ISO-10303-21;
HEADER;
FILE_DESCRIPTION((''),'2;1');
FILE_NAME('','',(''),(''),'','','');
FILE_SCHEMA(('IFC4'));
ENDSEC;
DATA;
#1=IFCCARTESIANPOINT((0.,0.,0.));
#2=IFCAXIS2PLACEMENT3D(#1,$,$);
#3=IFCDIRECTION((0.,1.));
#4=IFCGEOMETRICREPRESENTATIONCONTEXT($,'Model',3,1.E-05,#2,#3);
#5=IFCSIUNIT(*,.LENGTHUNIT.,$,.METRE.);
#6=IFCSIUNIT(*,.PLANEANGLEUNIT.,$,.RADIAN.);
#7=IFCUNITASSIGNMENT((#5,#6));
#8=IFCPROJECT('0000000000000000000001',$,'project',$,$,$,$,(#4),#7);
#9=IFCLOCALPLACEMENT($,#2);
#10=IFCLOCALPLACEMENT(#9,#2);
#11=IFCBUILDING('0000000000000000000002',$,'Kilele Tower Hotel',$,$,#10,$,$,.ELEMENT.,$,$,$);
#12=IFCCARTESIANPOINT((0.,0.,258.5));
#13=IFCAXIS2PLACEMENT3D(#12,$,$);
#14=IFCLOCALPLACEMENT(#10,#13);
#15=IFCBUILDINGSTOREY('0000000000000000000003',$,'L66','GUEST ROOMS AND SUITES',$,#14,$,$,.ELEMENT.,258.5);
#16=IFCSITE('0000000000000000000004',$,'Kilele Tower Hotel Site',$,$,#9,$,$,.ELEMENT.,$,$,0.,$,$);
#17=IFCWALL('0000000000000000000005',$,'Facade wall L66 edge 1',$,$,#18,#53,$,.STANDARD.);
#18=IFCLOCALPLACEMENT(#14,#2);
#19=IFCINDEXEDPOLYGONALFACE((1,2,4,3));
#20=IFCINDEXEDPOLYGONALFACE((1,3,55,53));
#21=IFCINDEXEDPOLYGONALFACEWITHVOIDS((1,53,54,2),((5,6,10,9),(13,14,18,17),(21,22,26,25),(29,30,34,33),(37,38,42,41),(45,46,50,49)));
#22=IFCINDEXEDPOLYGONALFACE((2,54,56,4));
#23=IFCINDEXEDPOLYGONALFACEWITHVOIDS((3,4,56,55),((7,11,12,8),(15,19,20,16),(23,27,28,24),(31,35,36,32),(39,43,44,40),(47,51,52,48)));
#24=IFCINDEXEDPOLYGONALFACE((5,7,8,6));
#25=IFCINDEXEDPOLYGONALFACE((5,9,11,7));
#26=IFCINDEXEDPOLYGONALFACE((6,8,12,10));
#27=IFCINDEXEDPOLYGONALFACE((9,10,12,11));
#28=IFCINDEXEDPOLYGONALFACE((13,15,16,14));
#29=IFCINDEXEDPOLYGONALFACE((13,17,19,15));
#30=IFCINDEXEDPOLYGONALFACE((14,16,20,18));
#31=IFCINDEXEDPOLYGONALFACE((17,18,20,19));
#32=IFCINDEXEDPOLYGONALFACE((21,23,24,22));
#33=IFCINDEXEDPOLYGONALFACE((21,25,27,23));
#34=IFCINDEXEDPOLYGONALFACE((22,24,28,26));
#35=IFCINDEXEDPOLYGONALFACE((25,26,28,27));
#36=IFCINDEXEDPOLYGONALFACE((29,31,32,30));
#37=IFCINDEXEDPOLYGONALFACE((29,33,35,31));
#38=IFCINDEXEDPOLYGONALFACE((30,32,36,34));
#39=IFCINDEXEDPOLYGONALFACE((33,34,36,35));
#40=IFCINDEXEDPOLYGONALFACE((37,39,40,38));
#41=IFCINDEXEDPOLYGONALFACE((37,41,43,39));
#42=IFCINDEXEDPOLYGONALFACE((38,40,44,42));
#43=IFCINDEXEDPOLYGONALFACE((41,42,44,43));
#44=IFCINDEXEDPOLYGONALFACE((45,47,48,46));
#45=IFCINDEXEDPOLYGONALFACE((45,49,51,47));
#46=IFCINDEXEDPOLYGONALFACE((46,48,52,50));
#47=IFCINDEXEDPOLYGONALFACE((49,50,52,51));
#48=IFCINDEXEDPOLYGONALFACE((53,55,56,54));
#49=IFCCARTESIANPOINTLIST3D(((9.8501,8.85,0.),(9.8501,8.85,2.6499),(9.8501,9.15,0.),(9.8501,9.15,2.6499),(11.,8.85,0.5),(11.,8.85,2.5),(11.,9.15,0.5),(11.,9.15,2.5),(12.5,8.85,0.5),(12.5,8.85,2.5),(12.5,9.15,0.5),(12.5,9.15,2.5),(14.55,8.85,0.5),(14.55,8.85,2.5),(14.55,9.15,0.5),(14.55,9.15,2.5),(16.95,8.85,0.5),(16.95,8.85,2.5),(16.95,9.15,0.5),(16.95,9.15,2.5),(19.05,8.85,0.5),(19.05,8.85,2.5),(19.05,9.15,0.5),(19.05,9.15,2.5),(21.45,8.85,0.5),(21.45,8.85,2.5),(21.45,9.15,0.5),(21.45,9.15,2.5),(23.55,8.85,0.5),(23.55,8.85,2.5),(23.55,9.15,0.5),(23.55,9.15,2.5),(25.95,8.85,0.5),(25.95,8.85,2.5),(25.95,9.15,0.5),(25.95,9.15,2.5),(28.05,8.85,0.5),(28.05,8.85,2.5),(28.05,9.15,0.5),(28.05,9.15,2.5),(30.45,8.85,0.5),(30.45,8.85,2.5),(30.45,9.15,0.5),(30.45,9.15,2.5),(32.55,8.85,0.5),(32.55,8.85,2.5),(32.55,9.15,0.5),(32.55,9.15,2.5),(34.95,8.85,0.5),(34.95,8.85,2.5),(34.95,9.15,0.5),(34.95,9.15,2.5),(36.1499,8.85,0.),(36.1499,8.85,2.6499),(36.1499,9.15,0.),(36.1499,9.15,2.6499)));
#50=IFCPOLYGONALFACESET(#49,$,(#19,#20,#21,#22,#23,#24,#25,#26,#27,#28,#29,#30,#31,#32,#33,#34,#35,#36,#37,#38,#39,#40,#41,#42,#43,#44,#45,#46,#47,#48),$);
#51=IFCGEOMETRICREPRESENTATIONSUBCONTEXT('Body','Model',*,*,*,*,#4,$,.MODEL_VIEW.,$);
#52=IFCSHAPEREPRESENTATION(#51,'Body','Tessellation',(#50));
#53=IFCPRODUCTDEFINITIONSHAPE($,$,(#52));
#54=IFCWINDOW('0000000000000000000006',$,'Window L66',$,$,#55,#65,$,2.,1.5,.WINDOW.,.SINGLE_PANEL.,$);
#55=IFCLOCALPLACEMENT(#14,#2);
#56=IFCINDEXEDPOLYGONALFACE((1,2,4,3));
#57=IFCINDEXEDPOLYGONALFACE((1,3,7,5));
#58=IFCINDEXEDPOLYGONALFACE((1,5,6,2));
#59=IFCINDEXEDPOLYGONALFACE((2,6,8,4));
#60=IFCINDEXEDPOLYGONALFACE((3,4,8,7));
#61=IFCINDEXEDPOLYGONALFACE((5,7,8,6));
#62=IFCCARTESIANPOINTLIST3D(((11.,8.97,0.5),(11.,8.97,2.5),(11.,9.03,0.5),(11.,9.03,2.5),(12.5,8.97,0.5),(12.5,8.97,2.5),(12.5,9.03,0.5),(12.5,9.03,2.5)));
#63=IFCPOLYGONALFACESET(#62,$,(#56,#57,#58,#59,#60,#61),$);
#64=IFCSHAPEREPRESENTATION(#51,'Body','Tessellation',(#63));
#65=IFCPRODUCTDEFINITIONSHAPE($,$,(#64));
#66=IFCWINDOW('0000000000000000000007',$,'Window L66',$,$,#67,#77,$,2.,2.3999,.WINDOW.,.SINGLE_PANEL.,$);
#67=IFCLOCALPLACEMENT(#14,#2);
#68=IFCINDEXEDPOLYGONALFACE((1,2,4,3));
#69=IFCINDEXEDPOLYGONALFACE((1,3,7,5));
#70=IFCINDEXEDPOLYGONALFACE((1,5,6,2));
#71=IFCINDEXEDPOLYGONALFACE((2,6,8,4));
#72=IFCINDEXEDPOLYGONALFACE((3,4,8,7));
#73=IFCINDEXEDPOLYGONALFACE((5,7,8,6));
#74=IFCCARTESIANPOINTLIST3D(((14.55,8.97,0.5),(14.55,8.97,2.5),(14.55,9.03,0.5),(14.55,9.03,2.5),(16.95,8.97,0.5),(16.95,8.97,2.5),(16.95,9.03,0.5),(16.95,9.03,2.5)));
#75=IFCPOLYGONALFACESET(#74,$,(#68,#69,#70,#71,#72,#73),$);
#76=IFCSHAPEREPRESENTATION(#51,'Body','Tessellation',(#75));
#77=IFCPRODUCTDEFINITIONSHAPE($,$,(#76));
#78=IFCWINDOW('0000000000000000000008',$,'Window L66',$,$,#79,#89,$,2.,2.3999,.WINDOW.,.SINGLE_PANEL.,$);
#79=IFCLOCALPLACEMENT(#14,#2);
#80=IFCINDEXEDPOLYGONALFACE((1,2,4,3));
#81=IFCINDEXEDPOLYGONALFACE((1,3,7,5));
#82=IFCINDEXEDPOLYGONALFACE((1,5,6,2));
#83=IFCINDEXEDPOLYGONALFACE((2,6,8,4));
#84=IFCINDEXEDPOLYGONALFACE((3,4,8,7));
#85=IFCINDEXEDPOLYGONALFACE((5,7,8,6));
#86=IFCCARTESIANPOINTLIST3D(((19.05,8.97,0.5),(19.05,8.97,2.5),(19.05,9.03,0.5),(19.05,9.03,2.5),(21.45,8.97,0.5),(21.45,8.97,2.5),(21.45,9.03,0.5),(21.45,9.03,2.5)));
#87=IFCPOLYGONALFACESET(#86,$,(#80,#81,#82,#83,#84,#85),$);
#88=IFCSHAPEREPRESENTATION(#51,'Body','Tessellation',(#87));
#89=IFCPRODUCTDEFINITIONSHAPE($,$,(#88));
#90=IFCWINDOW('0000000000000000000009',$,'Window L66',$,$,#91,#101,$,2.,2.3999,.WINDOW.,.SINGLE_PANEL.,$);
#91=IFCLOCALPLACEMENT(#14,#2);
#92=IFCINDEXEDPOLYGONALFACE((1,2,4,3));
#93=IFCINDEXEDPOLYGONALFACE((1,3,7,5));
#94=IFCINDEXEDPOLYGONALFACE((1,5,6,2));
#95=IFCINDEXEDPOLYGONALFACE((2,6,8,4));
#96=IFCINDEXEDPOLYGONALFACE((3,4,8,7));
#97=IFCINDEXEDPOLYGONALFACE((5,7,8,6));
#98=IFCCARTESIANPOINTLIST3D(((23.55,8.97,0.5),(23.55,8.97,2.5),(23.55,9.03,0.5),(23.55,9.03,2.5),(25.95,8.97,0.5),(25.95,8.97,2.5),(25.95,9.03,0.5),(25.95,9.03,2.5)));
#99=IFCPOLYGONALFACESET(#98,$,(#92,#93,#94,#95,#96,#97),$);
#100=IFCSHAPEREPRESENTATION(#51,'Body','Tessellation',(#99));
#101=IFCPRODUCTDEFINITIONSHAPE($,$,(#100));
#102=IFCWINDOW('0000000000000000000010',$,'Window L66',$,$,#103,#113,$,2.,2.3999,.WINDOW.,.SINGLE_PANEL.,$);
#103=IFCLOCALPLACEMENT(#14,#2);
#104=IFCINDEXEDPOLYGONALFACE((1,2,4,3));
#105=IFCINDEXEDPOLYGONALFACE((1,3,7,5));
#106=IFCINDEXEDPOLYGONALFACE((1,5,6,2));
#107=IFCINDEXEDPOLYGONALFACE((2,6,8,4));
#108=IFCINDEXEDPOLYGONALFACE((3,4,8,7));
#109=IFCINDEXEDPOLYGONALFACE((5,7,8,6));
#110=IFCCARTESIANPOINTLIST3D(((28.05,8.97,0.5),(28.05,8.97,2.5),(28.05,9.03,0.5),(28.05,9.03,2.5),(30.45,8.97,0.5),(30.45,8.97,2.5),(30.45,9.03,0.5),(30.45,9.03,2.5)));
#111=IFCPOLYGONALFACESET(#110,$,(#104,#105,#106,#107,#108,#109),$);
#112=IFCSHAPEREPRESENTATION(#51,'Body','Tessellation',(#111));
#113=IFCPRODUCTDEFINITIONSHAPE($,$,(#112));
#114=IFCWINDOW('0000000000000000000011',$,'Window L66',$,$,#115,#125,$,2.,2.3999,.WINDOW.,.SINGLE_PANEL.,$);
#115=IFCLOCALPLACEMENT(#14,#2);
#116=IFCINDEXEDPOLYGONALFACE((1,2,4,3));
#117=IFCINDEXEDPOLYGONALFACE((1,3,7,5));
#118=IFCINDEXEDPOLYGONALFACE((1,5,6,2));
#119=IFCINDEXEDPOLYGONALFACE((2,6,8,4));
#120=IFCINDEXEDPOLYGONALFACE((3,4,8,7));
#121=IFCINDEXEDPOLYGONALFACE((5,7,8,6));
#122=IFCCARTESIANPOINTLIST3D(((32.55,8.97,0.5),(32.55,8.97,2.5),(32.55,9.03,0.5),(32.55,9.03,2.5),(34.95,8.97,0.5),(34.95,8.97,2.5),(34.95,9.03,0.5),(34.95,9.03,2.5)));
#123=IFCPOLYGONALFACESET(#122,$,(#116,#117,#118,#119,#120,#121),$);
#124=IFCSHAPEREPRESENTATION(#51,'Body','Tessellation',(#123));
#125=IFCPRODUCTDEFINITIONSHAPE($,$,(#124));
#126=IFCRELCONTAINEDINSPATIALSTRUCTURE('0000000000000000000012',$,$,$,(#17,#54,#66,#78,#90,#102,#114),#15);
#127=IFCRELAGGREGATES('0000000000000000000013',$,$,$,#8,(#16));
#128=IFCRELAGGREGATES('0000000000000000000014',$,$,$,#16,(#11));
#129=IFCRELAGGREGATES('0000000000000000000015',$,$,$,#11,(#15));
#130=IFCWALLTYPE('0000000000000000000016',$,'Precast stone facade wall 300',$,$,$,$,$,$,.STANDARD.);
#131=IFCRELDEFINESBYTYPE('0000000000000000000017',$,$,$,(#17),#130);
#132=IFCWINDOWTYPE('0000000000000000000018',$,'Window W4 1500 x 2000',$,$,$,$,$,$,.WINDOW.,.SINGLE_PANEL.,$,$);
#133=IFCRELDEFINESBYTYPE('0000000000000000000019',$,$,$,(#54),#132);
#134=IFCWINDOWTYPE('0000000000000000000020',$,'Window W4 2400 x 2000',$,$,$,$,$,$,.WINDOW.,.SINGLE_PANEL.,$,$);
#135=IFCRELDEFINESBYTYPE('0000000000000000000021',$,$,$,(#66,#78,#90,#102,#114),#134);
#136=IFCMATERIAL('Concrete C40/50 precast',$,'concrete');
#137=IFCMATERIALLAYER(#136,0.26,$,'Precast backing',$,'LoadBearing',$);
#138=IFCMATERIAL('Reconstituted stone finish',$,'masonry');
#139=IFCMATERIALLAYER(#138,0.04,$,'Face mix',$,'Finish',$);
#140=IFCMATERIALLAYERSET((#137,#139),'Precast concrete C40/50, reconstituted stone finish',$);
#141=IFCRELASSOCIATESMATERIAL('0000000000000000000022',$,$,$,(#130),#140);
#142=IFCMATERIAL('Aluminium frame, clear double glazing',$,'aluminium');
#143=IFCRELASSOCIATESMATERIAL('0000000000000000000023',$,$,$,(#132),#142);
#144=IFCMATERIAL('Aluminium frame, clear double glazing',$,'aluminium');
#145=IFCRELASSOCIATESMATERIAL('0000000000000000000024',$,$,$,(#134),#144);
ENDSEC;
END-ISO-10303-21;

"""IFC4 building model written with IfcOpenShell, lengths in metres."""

from ifc_helpers import new_model, si_unit, direction, frame, frame_2d, origin, place, context, subcontext, project, spatial, rectangle, extrude, material, layer, layer_set, type_object, element, fill, save


model = new_model("IFC4")

# Units and contexts
model_context = context("Model", 3, precision=1e-05, world=origin(), true_north=direction((0.0, 1.0)))
body_context = subcontext(model_context, "Body", "Model", "MODEL_VIEW")
ifc_project = project(units=[si_unit("LENGTHUNIT", "METRE"), si_unit("PLANEANGLEUNIT", "RADIAN")], contexts=[model_context])

# Site, building, storey
site_placement = place(None, origin())
site = spatial("IfcSite", under=ifc_project, at=site_placement, Name="Kilele Tower Hotel Site", CompositionType="ELEMENT", RefElevation=0.0)
building_placement = place(site_placement, origin())
building = spatial("IfcBuilding", under=site, at=building_placement, Name="Kilele Tower Hotel", CompositionType="ELEMENT")
storey_placement = place(building_placement, frame((0.0, 0.0, 258.5)))
storey = spatial("IfcBuildingStorey", under=building, at=storey_placement, Name="L66", Description="GUEST ROOMS AND SUITES", CompositionType="ELEMENT", Elevation=258.5)

# Wall, openings, windows
ifc_material_1 = material(Name="Concrete C40/50 precast", Category="concrete")
ifc_layer_1 = layer(ifc_material_1, 0.26, Name="Precast backing", Category="LoadBearing")
ifc_material_2 = material(Name="Reconstituted stone finish", Category="masonry")
ifc_layer_2 = layer(ifc_material_2, 0.04, Name="Face mix", Category="Finish")
ifc_layer_set_1 = layer_set([ifc_layer_1, ifc_layer_2], Name="Precast concrete C40/50, reconstituted stone finish")
wall_type = type_object("IfcWallType", Name="Precast stone facade wall 300", PredefinedType="STANDARD", material=ifc_layer_set_1)
wall_placement = place(storey_placement, frame((9.8501, 9.0, 0.0), z_axis=(0.0, 0.0, 1.0), x_axis=(1.0, 0.0, 0.0)))
wall = element("IfcWall", 1, at=wall_placement, inside=storey, type_object=wall_type, Name="Facade wall L66 edge 1", PredefinedType="STANDARD", context=body_context, shape_type="SweptSolid", body=[
    extrude(rectangle(XDim=26.2998, YDim=0.3, at=frame_2d((13.1499, 0.0))), origin(), (0.0, 0.0, 1.0), 2.6499),
])
opening_1_placement = place(wall_placement, frame((1.1499, 0.0, 0.5)))
opening_1 = element("IfcOpeningElement", 2, at=opening_1_placement, cuts=wall, PredefinedType="OPENING", context=body_context, shape_type="SweptSolid", body=[
    extrude(rectangle(XDim=1.5, YDim=2.0, at=frame_2d((0.75, 1.0))), frame((0.0, 0.1599, 0.0), z_axis=(0.0, -1.0, 0.0), x_axis=(1.0, 0.0, 0.0)), (0.0, 0.0, 1.0), 0.3201),
])
opening_2_placement = place(wall_placement, frame((4.7, 0.0, 0.5)))
opening_2 = element("IfcOpeningElement", 3, at=opening_2_placement, cuts=wall, PredefinedType="OPENING", context=body_context, shape_type="SweptSolid", body=[
    extrude(rectangle(XDim=2.3999, YDim=2.0, at=frame_2d((1.2, 1.0))), frame((0.0, 0.1599, 0.0), z_axis=(0.0, -1.0, 0.0), x_axis=(1.0, 0.0, 0.0)), (0.0, 0.0, 1.0), 0.3201),
])
opening_3_placement = place(wall_placement, frame((9.2, 0.0, 0.5)))
opening_3 = element("IfcOpeningElement", 4, at=opening_3_placement, cuts=wall, PredefinedType="OPENING", context=body_context, shape_type="SweptSolid", body=[
    extrude(rectangle(XDim=2.3999, YDim=2.0, at=frame_2d((1.2, 1.0))), frame((0.0, 0.1599, 0.0), z_axis=(0.0, -1.0, 0.0), x_axis=(1.0, 0.0, 0.0)), (0.0, 0.0, 1.0), 0.3201),
])
opening_4_placement = place(wall_placement, frame((13.7, 0.0, 0.5)))
opening_4 = element("IfcOpeningElement", 5, at=opening_4_placement, cuts=wall, PredefinedType="OPENING", context=body_context, shape_type="SweptSolid", body=[
    extrude(rectangle(XDim=2.3999, YDim=2.0, at=frame_2d((1.2, 1.0))), frame((0.0, 0.1599, 0.0), z_axis=(0.0, -1.0, 0.0), x_axis=(1.0, 0.0, 0.0)), (0.0, 0.0, 1.0), 0.3201),
])
opening_5_placement = place(wall_placement, frame((18.2, 0.0, 0.5)))
opening_5 = element("IfcOpeningElement", 6, at=opening_5_placement, cuts=wall, PredefinedType="OPENING", context=body_context, shape_type="SweptSolid", body=[
    extrude(rectangle(XDim=2.3999, YDim=2.0, at=frame_2d((1.2, 1.0))), frame((0.0, 0.1599, 0.0), z_axis=(0.0, -1.0, 0.0), x_axis=(1.0, 0.0, 0.0)), (0.0, 0.0, 1.0), 0.3201),
])
opening_6_placement = place(wall_placement, frame((22.7, 0.0, 0.5)))
opening_6 = element("IfcOpeningElement", 7, at=opening_6_placement, cuts=wall, PredefinedType="OPENING", context=body_context, shape_type="SweptSolid", body=[
    extrude(rectangle(XDim=2.3999, YDim=2.0, at=frame_2d((1.2, 1.0))), frame((0.0, 0.1599, 0.0), z_axis=(0.0, -1.0, 0.0), x_axis=(1.0, 0.0, 0.0)), (0.0, 0.0, 1.0), 0.3201),
])
ifc_material_3 = material(Name="Aluminium frame, clear double glazing", Category="aluminium")
window_type_1 = type_object("IfcWindowType", Name="Window W4 1500 x 2000", PartitioningType="SINGLE_PANEL", PredefinedType="WINDOW", material=ifc_material_3)
window_1_placement = place(opening_1_placement, origin())
window_1 = element("IfcWindow", 8, at=window_1_placement, inside=storey, type_object=window_type_1, Name="Window L66", OverallHeight=2.0, OverallWidth=1.5, PartitioningType="SINGLE_PANEL", PredefinedType="WINDOW", context=body_context, shape_type="SweptSolid", body=[
    extrude(rectangle(XDim=1.5, YDim=2.0, at=frame_2d((0.75, 1.0))), frame((0.0, 0.03, 0.0), z_axis=(0.0, -1.0, 0.0), x_axis=(1.0, 0.0, 0.0)), (0.0, 0.0, 1.0), 0.0601),
])
fill(opening_1, window_1)
ifc_material_4 = material(Name="Aluminium frame, clear double glazing", Category="aluminium")
window_type_2 = type_object("IfcWindowType", Name="Window W4 2400 x 2000", PartitioningType="SINGLE_PANEL", PredefinedType="WINDOW", material=ifc_material_4)
window_2_placement = place(opening_2_placement, origin())
window_2 = element("IfcWindow", 9, at=window_2_placement, inside=storey, type_object=window_type_2, Name="Window L66", OverallHeight=2.0, OverallWidth=2.3999, PartitioningType="SINGLE_PANEL", PredefinedType="WINDOW", context=body_context, shape_type="SweptSolid", body=[
    extrude(rectangle(XDim=2.3999, YDim=2.0, at=frame_2d((1.2, 1.0))), frame((0.0, 0.03, 0.0), z_axis=(0.0, -1.0, 0.0), x_axis=(1.0, 0.0, 0.0)), (0.0, 0.0, 1.0), 0.0601),
])
fill(opening_2, window_2)
window_3_placement = place(opening_3_placement, origin())
window_3 = element("IfcWindow", 10, at=window_3_placement, inside=storey, type_object=window_type_2, Name="Window L66", OverallHeight=2.0, OverallWidth=2.3999, PartitioningType="SINGLE_PANEL", PredefinedType="WINDOW", context=body_context, shape_type="SweptSolid", body=[
    extrude(rectangle(XDim=2.3999, YDim=2.0, at=frame_2d((1.2, 1.0))), frame((0.0, 0.03, 0.0), z_axis=(0.0, -1.0, 0.0), x_axis=(1.0, 0.0, 0.0)), (0.0, 0.0, 1.0), 0.0601),
])
fill(opening_3, window_3)
window_4_placement = place(opening_4_placement, origin())
window_4 = element("IfcWindow", 11, at=window_4_placement, inside=storey, type_object=window_type_2, Name="Window L66", OverallHeight=2.0, OverallWidth=2.3999, PartitioningType="SINGLE_PANEL", PredefinedType="WINDOW", context=body_context, shape_type="SweptSolid", body=[
    extrude(rectangle(XDim=2.3999, YDim=2.0, at=frame_2d((1.2, 1.0))), frame((0.0, 0.03, 0.0), z_axis=(0.0, -1.0, 0.0), x_axis=(1.0, 0.0, 0.0)), (0.0, 0.0, 1.0), 0.0601),
])
fill(opening_4, window_4)
window_5_placement = place(opening_5_placement, origin())
window_5 = element("IfcWindow", 12, at=window_5_placement, inside=storey, type_object=window_type_2, Name="Window L66", OverallHeight=2.0, OverallWidth=2.3999, PartitioningType="SINGLE_PANEL", PredefinedType="WINDOW", context=body_context, shape_type="SweptSolid", body=[
    extrude(rectangle(XDim=2.3999, YDim=2.0, at=frame_2d((1.2, 1.0))), frame((0.0, 0.03, 0.0), z_axis=(0.0, -1.0, 0.0), x_axis=(1.0, 0.0, 0.0)), (0.0, 0.0, 1.0), 0.0601),
])
fill(opening_5, window_5)
window_6_placement = place(opening_6_placement, origin())
window_6 = element("IfcWindow", 13, at=window_6_placement, inside=storey, type_object=window_type_2, Name="Window L66", OverallHeight=2.0, OverallWidth=2.3999, PartitioningType="SINGLE_PANEL", PredefinedType="WINDOW", context=body_context, shape_type="SweptSolid", body=[
    extrude(rectangle(XDim=2.3999, YDim=2.0, at=frame_2d((1.2, 1.0))), frame((0.0, 0.03, 0.0), z_axis=(0.0, -1.0, 0.0), x_axis=(1.0, 0.0, 0.0)), (0.0, 0.0, 1.0), 0.0601),
])
fill(opening_6, window_6)

save(model, "model.ifc")
